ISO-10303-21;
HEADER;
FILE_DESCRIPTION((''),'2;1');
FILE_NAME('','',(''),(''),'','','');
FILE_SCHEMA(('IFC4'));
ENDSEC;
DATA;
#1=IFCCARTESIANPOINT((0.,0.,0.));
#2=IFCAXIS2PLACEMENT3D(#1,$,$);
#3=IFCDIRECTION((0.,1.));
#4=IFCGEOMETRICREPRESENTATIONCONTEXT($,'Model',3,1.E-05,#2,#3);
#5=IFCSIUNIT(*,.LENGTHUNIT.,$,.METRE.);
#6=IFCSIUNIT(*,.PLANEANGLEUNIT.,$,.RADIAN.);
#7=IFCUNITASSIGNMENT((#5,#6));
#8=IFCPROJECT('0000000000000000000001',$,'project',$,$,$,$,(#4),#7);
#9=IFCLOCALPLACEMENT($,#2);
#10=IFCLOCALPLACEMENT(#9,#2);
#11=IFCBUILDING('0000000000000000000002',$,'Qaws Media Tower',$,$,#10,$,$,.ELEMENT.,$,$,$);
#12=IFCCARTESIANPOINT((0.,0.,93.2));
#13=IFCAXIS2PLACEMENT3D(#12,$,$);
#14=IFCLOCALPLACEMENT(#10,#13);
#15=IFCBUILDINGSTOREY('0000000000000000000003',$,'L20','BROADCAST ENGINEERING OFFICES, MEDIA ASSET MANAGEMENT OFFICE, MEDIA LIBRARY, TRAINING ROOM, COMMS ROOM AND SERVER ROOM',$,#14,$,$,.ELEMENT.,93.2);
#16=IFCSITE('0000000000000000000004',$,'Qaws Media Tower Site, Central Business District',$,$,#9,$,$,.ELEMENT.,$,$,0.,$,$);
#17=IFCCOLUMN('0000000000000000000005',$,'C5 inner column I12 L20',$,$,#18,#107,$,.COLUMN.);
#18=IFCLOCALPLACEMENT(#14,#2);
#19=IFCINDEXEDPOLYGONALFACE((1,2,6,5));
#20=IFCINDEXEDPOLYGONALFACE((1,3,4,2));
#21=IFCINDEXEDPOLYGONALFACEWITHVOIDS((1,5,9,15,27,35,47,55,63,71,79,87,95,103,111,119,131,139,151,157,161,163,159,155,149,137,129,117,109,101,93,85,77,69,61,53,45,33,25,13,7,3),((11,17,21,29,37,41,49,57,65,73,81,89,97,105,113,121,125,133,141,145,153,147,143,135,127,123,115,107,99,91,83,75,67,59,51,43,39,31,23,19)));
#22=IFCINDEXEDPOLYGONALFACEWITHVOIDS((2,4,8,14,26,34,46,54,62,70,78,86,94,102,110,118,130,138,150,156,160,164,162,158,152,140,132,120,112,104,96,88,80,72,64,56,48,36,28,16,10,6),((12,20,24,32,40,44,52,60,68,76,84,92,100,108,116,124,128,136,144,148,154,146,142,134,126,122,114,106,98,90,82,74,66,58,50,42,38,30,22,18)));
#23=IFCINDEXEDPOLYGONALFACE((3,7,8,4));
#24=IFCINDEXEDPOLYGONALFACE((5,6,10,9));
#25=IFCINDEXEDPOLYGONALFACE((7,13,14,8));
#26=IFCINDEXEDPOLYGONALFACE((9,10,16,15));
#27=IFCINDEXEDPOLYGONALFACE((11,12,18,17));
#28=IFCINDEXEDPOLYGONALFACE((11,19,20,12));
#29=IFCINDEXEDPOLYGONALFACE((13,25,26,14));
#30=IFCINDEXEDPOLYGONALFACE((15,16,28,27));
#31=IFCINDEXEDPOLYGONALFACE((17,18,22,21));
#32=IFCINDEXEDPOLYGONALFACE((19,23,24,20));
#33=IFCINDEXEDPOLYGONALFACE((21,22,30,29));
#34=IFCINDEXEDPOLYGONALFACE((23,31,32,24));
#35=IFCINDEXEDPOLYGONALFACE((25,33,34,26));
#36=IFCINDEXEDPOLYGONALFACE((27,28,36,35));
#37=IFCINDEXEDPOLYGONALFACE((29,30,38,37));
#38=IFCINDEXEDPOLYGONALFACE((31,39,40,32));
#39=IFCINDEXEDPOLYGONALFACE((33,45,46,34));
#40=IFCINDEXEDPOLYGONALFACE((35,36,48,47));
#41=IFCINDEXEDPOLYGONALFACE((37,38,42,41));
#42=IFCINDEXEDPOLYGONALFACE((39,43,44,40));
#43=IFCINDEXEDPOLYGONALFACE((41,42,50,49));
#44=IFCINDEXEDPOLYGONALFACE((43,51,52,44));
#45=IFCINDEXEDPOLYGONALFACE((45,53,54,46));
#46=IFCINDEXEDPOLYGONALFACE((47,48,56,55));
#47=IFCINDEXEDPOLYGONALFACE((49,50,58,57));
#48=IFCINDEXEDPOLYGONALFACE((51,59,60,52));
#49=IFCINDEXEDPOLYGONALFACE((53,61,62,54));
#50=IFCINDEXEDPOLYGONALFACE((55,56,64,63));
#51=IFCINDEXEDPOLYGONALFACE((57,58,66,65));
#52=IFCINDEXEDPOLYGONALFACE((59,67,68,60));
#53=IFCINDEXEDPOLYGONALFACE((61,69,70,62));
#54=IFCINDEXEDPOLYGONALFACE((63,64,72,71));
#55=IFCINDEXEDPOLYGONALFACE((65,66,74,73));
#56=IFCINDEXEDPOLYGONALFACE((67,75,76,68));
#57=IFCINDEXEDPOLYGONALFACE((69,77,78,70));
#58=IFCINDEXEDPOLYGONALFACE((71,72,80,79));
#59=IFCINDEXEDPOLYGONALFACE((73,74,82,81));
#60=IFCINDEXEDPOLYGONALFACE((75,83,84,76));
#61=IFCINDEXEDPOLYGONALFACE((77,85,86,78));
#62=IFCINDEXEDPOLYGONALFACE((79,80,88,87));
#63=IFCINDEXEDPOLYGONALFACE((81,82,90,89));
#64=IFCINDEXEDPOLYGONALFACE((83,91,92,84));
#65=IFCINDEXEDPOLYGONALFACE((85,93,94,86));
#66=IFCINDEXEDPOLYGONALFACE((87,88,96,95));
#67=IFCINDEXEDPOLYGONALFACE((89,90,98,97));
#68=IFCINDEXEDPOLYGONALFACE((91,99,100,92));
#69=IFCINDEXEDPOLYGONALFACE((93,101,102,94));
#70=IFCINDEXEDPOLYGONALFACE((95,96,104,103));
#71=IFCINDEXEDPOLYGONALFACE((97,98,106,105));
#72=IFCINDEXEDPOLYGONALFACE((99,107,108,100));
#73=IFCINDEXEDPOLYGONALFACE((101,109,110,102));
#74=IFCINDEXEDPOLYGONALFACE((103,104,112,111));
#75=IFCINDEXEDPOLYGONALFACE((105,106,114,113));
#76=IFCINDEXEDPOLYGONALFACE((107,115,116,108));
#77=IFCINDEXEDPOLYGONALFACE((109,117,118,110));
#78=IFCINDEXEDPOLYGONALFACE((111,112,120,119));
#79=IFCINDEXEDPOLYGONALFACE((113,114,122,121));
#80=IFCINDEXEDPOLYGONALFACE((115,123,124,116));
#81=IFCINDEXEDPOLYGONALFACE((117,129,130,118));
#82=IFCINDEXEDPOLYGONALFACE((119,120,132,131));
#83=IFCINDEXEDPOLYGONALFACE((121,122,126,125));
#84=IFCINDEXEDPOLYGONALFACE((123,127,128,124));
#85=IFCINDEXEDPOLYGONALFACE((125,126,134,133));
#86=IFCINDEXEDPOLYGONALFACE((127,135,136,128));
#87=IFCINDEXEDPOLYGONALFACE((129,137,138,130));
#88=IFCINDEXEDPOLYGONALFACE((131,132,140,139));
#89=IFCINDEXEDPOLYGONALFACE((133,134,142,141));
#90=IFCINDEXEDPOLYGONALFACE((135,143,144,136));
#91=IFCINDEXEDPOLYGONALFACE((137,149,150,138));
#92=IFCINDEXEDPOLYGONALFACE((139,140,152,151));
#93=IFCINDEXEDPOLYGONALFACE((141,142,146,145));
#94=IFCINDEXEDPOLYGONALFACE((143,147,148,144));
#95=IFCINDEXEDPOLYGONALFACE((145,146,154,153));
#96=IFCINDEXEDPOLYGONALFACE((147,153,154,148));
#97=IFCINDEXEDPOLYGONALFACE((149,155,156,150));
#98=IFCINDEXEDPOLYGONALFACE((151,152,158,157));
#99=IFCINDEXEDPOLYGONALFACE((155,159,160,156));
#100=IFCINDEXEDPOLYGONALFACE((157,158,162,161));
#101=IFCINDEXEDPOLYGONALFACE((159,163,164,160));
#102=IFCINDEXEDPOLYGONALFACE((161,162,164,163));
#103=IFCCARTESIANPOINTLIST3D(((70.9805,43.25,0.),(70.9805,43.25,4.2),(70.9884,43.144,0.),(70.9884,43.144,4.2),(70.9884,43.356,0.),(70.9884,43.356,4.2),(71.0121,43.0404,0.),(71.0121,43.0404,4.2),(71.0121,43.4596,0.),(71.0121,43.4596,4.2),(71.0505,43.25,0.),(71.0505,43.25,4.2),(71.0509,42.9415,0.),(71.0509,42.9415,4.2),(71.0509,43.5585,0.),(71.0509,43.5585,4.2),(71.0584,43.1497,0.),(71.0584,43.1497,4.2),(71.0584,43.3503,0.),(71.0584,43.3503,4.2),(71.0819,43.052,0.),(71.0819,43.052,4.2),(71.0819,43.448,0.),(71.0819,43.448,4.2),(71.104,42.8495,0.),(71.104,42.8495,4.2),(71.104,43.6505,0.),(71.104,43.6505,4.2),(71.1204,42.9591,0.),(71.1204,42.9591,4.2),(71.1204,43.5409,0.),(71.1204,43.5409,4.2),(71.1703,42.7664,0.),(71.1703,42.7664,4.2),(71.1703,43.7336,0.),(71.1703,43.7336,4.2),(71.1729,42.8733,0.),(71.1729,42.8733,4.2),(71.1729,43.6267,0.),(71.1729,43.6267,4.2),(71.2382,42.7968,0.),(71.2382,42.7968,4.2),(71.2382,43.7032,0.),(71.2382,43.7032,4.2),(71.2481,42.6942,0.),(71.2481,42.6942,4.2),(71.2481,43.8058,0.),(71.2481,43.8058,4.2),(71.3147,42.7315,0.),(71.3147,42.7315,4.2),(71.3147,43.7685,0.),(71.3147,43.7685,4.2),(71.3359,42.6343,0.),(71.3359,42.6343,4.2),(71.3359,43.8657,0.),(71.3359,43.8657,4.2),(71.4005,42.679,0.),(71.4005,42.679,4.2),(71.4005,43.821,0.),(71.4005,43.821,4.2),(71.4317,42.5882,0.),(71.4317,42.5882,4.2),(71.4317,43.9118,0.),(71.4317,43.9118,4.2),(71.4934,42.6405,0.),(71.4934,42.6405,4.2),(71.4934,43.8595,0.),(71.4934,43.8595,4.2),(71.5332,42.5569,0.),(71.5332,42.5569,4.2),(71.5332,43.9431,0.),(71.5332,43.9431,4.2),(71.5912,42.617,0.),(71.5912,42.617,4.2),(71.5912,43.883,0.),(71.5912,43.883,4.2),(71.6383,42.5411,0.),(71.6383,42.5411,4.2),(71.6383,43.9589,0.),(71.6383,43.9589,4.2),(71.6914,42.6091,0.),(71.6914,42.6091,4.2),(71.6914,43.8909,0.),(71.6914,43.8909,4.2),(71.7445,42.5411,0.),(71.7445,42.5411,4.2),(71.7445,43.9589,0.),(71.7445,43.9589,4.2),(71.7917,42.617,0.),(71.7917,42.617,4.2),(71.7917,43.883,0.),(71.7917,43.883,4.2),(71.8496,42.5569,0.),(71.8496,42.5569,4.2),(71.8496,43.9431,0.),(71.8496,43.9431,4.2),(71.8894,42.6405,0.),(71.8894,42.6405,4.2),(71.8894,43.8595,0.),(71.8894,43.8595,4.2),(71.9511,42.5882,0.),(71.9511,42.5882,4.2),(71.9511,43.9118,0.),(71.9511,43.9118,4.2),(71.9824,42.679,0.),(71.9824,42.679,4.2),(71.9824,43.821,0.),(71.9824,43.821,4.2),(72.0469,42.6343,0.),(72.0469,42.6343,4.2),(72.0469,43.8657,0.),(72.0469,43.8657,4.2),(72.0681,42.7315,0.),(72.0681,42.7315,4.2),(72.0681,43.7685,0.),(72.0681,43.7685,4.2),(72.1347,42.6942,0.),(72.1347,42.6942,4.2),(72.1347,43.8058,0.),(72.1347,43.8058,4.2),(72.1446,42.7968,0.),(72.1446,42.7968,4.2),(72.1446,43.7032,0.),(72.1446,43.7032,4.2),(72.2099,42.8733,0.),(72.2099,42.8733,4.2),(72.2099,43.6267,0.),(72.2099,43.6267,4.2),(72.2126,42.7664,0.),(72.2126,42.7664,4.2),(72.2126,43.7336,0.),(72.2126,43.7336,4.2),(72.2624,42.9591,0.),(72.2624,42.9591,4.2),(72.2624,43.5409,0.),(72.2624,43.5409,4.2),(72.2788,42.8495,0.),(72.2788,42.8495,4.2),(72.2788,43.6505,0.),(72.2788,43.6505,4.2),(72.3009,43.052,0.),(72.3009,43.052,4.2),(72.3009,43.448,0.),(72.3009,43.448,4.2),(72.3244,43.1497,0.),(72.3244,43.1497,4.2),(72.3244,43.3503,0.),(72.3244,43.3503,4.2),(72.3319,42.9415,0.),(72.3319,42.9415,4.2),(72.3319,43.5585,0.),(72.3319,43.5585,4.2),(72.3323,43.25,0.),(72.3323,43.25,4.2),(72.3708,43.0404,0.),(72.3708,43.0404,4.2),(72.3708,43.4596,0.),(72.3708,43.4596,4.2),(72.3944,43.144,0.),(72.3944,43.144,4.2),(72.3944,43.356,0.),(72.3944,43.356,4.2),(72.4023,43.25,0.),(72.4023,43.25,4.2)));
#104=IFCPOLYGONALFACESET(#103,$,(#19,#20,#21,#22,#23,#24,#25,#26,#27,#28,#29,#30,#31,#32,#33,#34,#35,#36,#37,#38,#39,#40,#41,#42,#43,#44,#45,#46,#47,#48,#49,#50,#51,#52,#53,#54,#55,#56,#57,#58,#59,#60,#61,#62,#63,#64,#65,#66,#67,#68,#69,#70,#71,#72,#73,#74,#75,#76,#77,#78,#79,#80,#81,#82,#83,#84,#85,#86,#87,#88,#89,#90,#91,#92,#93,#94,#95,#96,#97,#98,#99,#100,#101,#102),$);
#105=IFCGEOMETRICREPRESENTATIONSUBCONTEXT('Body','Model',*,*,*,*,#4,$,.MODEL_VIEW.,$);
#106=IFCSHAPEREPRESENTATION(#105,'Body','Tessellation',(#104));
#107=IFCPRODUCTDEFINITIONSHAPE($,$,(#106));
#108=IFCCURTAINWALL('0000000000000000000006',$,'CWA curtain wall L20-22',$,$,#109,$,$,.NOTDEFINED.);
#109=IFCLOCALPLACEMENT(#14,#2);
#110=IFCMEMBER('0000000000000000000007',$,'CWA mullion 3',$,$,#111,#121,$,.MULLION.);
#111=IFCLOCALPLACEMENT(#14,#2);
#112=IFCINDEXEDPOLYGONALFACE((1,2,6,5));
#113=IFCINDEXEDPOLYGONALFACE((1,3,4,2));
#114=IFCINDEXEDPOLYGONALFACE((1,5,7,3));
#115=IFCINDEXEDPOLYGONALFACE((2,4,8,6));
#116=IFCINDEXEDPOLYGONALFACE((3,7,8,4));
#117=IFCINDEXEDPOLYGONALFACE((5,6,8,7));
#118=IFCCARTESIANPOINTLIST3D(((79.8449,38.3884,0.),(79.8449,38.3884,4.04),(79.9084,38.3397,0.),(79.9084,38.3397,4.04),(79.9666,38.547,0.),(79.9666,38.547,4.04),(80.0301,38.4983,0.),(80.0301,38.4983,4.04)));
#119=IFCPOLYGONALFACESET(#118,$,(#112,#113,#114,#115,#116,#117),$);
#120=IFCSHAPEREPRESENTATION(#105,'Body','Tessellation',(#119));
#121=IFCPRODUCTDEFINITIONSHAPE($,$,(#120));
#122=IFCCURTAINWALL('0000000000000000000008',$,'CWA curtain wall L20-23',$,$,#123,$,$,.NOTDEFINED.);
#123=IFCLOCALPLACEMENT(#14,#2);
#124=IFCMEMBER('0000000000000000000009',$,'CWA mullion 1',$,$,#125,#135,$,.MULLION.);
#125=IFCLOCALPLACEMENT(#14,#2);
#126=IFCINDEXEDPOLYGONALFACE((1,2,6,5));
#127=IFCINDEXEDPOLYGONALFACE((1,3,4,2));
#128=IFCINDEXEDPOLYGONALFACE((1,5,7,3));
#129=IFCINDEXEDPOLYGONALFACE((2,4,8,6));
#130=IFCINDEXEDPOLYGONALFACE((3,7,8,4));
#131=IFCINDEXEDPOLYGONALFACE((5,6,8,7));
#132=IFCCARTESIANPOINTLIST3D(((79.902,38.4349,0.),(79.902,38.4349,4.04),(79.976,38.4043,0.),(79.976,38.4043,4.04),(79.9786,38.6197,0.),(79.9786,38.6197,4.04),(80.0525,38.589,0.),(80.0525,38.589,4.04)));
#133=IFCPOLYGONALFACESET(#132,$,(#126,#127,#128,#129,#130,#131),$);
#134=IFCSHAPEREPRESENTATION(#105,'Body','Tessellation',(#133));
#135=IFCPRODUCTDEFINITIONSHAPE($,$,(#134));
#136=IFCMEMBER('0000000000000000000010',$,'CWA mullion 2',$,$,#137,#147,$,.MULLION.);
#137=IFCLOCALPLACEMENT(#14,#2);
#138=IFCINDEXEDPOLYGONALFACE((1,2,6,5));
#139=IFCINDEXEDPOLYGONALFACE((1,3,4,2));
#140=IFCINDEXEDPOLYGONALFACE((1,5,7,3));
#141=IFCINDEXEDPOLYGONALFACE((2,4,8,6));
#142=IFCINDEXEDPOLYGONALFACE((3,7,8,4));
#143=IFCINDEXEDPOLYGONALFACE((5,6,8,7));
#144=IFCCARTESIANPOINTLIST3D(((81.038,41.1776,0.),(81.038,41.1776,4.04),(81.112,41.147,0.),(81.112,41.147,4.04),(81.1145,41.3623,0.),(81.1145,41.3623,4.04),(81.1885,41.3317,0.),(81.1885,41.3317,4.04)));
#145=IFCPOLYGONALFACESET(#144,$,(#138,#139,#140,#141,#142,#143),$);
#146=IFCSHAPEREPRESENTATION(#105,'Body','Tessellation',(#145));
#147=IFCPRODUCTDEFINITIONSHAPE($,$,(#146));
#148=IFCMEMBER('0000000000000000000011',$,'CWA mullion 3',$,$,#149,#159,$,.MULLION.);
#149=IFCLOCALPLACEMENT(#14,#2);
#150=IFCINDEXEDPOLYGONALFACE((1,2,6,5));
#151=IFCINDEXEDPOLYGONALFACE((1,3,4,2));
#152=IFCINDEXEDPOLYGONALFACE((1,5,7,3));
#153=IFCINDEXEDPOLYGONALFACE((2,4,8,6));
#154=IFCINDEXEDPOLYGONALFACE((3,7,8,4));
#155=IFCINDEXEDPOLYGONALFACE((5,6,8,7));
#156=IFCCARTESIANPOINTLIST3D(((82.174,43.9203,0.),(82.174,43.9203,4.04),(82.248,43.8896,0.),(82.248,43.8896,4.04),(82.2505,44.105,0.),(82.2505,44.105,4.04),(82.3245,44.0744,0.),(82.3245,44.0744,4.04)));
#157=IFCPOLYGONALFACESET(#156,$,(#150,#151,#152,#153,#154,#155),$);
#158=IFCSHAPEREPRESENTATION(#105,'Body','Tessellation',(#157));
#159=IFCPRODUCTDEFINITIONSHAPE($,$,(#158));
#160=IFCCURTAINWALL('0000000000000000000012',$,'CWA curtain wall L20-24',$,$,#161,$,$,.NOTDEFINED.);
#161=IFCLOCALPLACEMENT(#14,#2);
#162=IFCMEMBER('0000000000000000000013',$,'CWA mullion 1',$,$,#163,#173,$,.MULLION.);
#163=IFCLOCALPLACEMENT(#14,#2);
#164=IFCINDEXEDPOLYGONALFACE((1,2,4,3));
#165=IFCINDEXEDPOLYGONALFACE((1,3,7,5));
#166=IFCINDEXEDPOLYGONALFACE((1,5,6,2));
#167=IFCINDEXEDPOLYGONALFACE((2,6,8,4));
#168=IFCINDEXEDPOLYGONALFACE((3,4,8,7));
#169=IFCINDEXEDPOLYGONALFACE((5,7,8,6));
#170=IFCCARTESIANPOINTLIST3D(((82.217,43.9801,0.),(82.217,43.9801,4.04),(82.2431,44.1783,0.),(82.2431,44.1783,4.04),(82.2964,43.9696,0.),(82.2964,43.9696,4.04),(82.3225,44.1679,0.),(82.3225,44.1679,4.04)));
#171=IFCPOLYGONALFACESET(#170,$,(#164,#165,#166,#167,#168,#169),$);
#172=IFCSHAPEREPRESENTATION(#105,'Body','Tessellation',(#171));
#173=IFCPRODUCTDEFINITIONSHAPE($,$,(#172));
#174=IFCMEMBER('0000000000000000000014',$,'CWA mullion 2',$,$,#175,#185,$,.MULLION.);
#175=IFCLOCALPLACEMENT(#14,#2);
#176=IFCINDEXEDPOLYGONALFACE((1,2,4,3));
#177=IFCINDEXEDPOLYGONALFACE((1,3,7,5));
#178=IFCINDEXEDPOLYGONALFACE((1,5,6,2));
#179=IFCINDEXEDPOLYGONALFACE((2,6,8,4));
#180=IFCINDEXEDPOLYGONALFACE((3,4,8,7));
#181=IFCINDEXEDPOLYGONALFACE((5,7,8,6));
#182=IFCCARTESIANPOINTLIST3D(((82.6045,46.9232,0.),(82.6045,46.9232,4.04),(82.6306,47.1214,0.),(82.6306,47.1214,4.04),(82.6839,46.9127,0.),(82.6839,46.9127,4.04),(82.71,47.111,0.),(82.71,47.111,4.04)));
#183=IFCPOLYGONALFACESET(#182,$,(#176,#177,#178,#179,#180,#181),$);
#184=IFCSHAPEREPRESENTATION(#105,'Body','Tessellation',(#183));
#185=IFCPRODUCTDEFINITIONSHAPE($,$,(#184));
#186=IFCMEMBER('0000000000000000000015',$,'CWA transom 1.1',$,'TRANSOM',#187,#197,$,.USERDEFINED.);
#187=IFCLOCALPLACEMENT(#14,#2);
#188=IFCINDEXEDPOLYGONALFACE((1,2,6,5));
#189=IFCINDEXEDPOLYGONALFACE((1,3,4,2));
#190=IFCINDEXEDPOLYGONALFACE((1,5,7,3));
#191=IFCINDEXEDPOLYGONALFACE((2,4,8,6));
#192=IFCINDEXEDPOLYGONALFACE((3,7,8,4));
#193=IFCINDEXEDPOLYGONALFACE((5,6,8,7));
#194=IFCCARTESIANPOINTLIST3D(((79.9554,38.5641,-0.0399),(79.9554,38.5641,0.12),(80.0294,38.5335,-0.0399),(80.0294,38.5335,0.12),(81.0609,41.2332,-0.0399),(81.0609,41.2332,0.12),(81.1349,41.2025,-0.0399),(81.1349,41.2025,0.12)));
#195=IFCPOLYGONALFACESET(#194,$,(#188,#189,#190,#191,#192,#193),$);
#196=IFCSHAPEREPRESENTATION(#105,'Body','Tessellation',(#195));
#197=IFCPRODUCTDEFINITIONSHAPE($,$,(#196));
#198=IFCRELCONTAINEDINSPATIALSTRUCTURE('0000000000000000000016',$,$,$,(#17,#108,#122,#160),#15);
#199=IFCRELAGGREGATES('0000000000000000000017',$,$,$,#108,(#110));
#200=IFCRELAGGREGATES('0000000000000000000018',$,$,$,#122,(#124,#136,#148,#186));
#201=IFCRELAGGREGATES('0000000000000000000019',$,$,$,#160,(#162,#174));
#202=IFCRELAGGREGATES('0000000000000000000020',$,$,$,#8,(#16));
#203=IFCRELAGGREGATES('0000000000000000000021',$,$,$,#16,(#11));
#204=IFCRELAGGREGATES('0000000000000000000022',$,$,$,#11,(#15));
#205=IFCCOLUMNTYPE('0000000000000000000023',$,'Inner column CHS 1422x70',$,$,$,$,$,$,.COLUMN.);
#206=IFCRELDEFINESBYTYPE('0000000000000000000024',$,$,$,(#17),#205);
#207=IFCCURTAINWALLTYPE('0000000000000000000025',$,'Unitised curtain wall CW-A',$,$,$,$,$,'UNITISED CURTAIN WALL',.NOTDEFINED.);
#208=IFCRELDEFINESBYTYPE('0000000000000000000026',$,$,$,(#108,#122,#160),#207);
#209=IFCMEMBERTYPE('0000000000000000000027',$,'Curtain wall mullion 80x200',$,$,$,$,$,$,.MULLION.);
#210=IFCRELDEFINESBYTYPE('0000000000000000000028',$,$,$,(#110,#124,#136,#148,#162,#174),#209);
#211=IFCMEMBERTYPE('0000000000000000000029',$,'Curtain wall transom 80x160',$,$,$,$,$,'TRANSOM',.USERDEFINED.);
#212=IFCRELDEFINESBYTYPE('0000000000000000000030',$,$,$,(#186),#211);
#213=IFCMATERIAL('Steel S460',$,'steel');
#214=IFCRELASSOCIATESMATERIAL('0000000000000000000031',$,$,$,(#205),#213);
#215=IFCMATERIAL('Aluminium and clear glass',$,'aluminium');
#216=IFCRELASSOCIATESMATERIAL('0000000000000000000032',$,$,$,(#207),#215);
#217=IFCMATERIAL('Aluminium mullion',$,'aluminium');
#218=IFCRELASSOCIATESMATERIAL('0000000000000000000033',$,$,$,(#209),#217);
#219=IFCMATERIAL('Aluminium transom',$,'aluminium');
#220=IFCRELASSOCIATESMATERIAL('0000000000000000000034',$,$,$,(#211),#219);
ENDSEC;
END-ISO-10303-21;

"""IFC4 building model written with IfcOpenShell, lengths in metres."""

from ifc_helpers import new_model, si_unit, direction, frame, origin, origin_2d, place, context, subcontext, project, spatial, rectangle, hollow_circle, extrude, material, material_profile, profile_set, type_object, element, aggregate, save


model = new_model("IFC4")

# Units and contexts
model_context = context("Model", 3, precision=1e-05, world=origin(), true_north=direction((0.0, 1.0)))
body_context = subcontext(model_context, "Body", "Model", "MODEL_VIEW")
ifc_project = project(units=[si_unit("LENGTHUNIT", "METRE"), si_unit("PLANEANGLEUNIT", "RADIAN")], contexts=[model_context])

# Site, building, storey
site_placement = place(None, origin())
site = spatial("IfcSite", under=ifc_project, at=site_placement, Name="Qaws Media Tower Site, Central Business District", CompositionType="ELEMENT", RefElevation=0.0)
building_placement = place(site_placement, origin())
building = spatial("IfcBuilding", under=site, at=building_placement, Name="Qaws Media Tower", CompositionType="ELEMENT")
storey_placement = place(building_placement, frame((0.0, 0.0, 93.2)))
storey = spatial("IfcBuildingStorey", under=building, at=storey_placement, Name="L20", Description="BROADCAST ENGINEERING OFFICES, MEDIA ASSET MANAGEMENT OFFICE, MEDIA LIBRARY, TRAINING ROOM, COMMS ROOM AND SERVER ROOM", CompositionType="ELEMENT", Elevation=93.2)

# Column
ifc_material_1 = material(Name="Steel S460", Category="steel")
ifc_material_profile_1 = material_profile(ifc_material_1, hollow_circle(Radius=0.7109, WallThickness=0.0701, at=origin_2d()), Name="CHS 1422x70")
ifc_profile_set_1 = profile_set([ifc_material_profile_1], Name="Steel S460")
column_type = type_object("IfcColumnType", Name="Inner column CHS 1422x70", PredefinedType="COLUMN", material=ifc_profile_set_1)
column_placement = place(storey_placement, frame((71.6914, 43.25, 0.0), z_axis=(0.0, 0.0, 1.0), x_axis=(1.0, 0.0, 0.0)))
element("IfcColumn", 1, at=column_placement, inside=storey, type_object=column_type, Name="C5 inner column I12 L20", PredefinedType="COLUMN", context=body_context, shape_type="SweptSolid", body=[
    extrude(hollow_circle(Radius=0.7109, WallThickness=0.0701, at=origin_2d()), origin(), (0.0, 0.0, 1.0), 4.2),
])

# Curtain wall, member
ifc_material_2 = material(Name="Aluminium and clear glass", Category="aluminium")
curtain_wall_type = type_object("IfcCurtainWallType", Name="Unitised curtain wall CW-A", ElementType="UNITISED CURTAIN WALL", PredefinedType="NOTDEFINED", material=ifc_material_2)
curtain_wall_1_placement = place(storey_placement, origin())
curtain_wall_1 = element("IfcCurtainWall", 2, at=curtain_wall_1_placement, inside=storey, type_object=curtain_wall_type, Name="CWA curtain wall L20-22", PredefinedType="NOTDEFINED")
ifc_material_3 = material(Name="Aluminium mullion", Category="aluminium")
ifc_material_profile_2 = material_profile(ifc_material_3, rectangle(XDim=0.0801, YDim=0.2, at=origin_2d()), Name="80x200")
ifc_profile_set_2 = profile_set([ifc_material_profile_2], Name="Aluminium mullion")
member_type_1 = type_object("IfcMemberType", Name="Curtain wall mullion 80x200", PredefinedType="MULLION", material=ifc_profile_set_2)
member_1_placement = place(storey_placement, frame((79.9375, 38.4434, 0.0), z_axis=(0.0, 0.0, 1.0), x_axis=(-0.793353, 0.608762, 0.0)))
member_1 = element("IfcMember", 3, at=member_1_placement, type_object=member_type_1, Name="CWA mullion 3", PredefinedType="MULLION", context=body_context, shape_type="SweptSolid", body=[
    extrude(rectangle(XDim=0.0801, YDim=0.2, at=origin_2d()), origin(), (0.0, 0.0, 1.0), 4.04),
])
aggregate(curtain_wall_1, [member_1])

# Curtain walls, members
curtain_wall_2_placement = place(storey_placement, origin())
curtain_wall_2 = element("IfcCurtainWall", 4, at=curtain_wall_2_placement, inside=storey, type_object=curtain_wall_type, Name="CWA curtain wall L20-23", PredefinedType="NOTDEFINED")
member_2_placement = place(storey_placement, frame((79.9773, 38.512, 0.0), z_axis=(0.0, 0.0, 1.0), x_axis=(-0.92388, 0.382683, 0.0)))
member_2 = element("IfcMember", 5, at=member_2_placement, type_object=member_type_1, Name="CWA mullion 1", PredefinedType="MULLION", context=body_context, shape_type="SweptSolid", body=[
    extrude(rectangle(XDim=0.0801, YDim=0.2, at=origin_2d()), origin(), (0.0, 0.0, 1.0), 4.04),
])
member_3_placement = place(storey_placement, frame((81.1133, 41.2546, 0.0), z_axis=(0.0, 0.0, 1.0), x_axis=(-0.92388, 0.382683, 0.0)))
member_3 = element("IfcMember", 6, at=member_3_placement, type_object=member_type_1, Name="CWA mullion 2", PredefinedType="MULLION", context=body_context, shape_type="SweptSolid", body=[
    extrude(rectangle(XDim=0.0801, YDim=0.2, at=origin_2d()), origin(), (0.0, 0.0, 1.0), 4.04),
])
member_4_placement = place(storey_placement, frame((82.2493, 43.9973, 0.0), z_axis=(0.0, 0.0, 1.0), x_axis=(-0.92388, 0.382683, 0.0)))
member_4 = element("IfcMember", 7, at=member_4_placement, type_object=member_type_1, Name="CWA mullion 3", PredefinedType="MULLION", context=body_context, shape_type="SweptSolid", body=[
    extrude(rectangle(XDim=0.0801, YDim=0.2, at=origin_2d()), origin(), (0.0, 0.0, 1.0), 4.04),
])
curtain_wall_3_placement = place(storey_placement, origin())
curtain_wall_3 = element("IfcCurtainWall", 8, at=curtain_wall_3_placement, inside=storey, type_object=curtain_wall_type, Name="CWA curtain wall L20-24", PredefinedType="NOTDEFINED")
member_5_placement = place(storey_placement, frame((82.2698, 44.074, 0.0), z_axis=(0.0, 0.0, 1.0), x_axis=(-0.991445, 0.130526, 0.0)))
member_5 = element("IfcMember", 9, at=member_5_placement, type_object=member_type_1, Name="CWA mullion 1", PredefinedType="MULLION", context=body_context, shape_type="SweptSolid", body=[
    extrude(rectangle(XDim=0.0801, YDim=0.2, at=origin_2d()), origin(), (0.0, 0.0, 1.0), 4.04),
])
member_6_placement = place(storey_placement, frame((82.6572, 47.0171, 0.0), z_axis=(0.0, 0.0, 1.0), x_axis=(-0.991445, 0.130526, 0.0)))
member_6 = element("IfcMember", 10, at=member_6_placement, type_object=member_type_1, Name="CWA mullion 2", PredefinedType="MULLION", context=body_context, shape_type="SweptSolid", body=[
    extrude(rectangle(XDim=0.0801, YDim=0.2, at=origin_2d()), origin(), (0.0, 0.0, 1.0), 4.04),
])

# Member
ifc_material_4 = material(Name="Aluminium transom", Category="aluminium")
ifc_material_profile_3 = material_profile(ifc_material_4, rectangle(XDim=0.0801, YDim=0.1599, at=origin_2d()), Name="80x160")
ifc_profile_set_3 = profile_set([ifc_material_profile_3], Name="Aluminium transom")
member_type_2 = type_object("IfcMemberType", Name="Curtain wall transom 80x160", ElementType="TRANSOM", PredefinedType="USERDEFINED", material=ifc_profile_set_3)
member_7_placement = place(storey_placement, frame((79.9924, 38.5488, 0.04), z_axis=(0.38267, 0.923885, 0.0), x_axis=(-0.923885, 0.38267, 0.0)))
member_7 = element("IfcMember", 11, at=member_7_placement, type_object=member_type_2, Name="CWA transom 1.1", ObjectType="TRANSOM", PredefinedType="USERDEFINED", context=body_context, shape_type="SweptSolid", body=[
    extrude(rectangle(XDim=0.0801, YDim=0.1599, at=origin_2d()), origin(), (0.0, 0.0, 1.0), 2.8889),
])

aggregate(curtain_wall_2, [member_2, member_3, member_4, member_7])
aggregate(curtain_wall_3, [member_5, member_6])

save(model, "model.ifc")
